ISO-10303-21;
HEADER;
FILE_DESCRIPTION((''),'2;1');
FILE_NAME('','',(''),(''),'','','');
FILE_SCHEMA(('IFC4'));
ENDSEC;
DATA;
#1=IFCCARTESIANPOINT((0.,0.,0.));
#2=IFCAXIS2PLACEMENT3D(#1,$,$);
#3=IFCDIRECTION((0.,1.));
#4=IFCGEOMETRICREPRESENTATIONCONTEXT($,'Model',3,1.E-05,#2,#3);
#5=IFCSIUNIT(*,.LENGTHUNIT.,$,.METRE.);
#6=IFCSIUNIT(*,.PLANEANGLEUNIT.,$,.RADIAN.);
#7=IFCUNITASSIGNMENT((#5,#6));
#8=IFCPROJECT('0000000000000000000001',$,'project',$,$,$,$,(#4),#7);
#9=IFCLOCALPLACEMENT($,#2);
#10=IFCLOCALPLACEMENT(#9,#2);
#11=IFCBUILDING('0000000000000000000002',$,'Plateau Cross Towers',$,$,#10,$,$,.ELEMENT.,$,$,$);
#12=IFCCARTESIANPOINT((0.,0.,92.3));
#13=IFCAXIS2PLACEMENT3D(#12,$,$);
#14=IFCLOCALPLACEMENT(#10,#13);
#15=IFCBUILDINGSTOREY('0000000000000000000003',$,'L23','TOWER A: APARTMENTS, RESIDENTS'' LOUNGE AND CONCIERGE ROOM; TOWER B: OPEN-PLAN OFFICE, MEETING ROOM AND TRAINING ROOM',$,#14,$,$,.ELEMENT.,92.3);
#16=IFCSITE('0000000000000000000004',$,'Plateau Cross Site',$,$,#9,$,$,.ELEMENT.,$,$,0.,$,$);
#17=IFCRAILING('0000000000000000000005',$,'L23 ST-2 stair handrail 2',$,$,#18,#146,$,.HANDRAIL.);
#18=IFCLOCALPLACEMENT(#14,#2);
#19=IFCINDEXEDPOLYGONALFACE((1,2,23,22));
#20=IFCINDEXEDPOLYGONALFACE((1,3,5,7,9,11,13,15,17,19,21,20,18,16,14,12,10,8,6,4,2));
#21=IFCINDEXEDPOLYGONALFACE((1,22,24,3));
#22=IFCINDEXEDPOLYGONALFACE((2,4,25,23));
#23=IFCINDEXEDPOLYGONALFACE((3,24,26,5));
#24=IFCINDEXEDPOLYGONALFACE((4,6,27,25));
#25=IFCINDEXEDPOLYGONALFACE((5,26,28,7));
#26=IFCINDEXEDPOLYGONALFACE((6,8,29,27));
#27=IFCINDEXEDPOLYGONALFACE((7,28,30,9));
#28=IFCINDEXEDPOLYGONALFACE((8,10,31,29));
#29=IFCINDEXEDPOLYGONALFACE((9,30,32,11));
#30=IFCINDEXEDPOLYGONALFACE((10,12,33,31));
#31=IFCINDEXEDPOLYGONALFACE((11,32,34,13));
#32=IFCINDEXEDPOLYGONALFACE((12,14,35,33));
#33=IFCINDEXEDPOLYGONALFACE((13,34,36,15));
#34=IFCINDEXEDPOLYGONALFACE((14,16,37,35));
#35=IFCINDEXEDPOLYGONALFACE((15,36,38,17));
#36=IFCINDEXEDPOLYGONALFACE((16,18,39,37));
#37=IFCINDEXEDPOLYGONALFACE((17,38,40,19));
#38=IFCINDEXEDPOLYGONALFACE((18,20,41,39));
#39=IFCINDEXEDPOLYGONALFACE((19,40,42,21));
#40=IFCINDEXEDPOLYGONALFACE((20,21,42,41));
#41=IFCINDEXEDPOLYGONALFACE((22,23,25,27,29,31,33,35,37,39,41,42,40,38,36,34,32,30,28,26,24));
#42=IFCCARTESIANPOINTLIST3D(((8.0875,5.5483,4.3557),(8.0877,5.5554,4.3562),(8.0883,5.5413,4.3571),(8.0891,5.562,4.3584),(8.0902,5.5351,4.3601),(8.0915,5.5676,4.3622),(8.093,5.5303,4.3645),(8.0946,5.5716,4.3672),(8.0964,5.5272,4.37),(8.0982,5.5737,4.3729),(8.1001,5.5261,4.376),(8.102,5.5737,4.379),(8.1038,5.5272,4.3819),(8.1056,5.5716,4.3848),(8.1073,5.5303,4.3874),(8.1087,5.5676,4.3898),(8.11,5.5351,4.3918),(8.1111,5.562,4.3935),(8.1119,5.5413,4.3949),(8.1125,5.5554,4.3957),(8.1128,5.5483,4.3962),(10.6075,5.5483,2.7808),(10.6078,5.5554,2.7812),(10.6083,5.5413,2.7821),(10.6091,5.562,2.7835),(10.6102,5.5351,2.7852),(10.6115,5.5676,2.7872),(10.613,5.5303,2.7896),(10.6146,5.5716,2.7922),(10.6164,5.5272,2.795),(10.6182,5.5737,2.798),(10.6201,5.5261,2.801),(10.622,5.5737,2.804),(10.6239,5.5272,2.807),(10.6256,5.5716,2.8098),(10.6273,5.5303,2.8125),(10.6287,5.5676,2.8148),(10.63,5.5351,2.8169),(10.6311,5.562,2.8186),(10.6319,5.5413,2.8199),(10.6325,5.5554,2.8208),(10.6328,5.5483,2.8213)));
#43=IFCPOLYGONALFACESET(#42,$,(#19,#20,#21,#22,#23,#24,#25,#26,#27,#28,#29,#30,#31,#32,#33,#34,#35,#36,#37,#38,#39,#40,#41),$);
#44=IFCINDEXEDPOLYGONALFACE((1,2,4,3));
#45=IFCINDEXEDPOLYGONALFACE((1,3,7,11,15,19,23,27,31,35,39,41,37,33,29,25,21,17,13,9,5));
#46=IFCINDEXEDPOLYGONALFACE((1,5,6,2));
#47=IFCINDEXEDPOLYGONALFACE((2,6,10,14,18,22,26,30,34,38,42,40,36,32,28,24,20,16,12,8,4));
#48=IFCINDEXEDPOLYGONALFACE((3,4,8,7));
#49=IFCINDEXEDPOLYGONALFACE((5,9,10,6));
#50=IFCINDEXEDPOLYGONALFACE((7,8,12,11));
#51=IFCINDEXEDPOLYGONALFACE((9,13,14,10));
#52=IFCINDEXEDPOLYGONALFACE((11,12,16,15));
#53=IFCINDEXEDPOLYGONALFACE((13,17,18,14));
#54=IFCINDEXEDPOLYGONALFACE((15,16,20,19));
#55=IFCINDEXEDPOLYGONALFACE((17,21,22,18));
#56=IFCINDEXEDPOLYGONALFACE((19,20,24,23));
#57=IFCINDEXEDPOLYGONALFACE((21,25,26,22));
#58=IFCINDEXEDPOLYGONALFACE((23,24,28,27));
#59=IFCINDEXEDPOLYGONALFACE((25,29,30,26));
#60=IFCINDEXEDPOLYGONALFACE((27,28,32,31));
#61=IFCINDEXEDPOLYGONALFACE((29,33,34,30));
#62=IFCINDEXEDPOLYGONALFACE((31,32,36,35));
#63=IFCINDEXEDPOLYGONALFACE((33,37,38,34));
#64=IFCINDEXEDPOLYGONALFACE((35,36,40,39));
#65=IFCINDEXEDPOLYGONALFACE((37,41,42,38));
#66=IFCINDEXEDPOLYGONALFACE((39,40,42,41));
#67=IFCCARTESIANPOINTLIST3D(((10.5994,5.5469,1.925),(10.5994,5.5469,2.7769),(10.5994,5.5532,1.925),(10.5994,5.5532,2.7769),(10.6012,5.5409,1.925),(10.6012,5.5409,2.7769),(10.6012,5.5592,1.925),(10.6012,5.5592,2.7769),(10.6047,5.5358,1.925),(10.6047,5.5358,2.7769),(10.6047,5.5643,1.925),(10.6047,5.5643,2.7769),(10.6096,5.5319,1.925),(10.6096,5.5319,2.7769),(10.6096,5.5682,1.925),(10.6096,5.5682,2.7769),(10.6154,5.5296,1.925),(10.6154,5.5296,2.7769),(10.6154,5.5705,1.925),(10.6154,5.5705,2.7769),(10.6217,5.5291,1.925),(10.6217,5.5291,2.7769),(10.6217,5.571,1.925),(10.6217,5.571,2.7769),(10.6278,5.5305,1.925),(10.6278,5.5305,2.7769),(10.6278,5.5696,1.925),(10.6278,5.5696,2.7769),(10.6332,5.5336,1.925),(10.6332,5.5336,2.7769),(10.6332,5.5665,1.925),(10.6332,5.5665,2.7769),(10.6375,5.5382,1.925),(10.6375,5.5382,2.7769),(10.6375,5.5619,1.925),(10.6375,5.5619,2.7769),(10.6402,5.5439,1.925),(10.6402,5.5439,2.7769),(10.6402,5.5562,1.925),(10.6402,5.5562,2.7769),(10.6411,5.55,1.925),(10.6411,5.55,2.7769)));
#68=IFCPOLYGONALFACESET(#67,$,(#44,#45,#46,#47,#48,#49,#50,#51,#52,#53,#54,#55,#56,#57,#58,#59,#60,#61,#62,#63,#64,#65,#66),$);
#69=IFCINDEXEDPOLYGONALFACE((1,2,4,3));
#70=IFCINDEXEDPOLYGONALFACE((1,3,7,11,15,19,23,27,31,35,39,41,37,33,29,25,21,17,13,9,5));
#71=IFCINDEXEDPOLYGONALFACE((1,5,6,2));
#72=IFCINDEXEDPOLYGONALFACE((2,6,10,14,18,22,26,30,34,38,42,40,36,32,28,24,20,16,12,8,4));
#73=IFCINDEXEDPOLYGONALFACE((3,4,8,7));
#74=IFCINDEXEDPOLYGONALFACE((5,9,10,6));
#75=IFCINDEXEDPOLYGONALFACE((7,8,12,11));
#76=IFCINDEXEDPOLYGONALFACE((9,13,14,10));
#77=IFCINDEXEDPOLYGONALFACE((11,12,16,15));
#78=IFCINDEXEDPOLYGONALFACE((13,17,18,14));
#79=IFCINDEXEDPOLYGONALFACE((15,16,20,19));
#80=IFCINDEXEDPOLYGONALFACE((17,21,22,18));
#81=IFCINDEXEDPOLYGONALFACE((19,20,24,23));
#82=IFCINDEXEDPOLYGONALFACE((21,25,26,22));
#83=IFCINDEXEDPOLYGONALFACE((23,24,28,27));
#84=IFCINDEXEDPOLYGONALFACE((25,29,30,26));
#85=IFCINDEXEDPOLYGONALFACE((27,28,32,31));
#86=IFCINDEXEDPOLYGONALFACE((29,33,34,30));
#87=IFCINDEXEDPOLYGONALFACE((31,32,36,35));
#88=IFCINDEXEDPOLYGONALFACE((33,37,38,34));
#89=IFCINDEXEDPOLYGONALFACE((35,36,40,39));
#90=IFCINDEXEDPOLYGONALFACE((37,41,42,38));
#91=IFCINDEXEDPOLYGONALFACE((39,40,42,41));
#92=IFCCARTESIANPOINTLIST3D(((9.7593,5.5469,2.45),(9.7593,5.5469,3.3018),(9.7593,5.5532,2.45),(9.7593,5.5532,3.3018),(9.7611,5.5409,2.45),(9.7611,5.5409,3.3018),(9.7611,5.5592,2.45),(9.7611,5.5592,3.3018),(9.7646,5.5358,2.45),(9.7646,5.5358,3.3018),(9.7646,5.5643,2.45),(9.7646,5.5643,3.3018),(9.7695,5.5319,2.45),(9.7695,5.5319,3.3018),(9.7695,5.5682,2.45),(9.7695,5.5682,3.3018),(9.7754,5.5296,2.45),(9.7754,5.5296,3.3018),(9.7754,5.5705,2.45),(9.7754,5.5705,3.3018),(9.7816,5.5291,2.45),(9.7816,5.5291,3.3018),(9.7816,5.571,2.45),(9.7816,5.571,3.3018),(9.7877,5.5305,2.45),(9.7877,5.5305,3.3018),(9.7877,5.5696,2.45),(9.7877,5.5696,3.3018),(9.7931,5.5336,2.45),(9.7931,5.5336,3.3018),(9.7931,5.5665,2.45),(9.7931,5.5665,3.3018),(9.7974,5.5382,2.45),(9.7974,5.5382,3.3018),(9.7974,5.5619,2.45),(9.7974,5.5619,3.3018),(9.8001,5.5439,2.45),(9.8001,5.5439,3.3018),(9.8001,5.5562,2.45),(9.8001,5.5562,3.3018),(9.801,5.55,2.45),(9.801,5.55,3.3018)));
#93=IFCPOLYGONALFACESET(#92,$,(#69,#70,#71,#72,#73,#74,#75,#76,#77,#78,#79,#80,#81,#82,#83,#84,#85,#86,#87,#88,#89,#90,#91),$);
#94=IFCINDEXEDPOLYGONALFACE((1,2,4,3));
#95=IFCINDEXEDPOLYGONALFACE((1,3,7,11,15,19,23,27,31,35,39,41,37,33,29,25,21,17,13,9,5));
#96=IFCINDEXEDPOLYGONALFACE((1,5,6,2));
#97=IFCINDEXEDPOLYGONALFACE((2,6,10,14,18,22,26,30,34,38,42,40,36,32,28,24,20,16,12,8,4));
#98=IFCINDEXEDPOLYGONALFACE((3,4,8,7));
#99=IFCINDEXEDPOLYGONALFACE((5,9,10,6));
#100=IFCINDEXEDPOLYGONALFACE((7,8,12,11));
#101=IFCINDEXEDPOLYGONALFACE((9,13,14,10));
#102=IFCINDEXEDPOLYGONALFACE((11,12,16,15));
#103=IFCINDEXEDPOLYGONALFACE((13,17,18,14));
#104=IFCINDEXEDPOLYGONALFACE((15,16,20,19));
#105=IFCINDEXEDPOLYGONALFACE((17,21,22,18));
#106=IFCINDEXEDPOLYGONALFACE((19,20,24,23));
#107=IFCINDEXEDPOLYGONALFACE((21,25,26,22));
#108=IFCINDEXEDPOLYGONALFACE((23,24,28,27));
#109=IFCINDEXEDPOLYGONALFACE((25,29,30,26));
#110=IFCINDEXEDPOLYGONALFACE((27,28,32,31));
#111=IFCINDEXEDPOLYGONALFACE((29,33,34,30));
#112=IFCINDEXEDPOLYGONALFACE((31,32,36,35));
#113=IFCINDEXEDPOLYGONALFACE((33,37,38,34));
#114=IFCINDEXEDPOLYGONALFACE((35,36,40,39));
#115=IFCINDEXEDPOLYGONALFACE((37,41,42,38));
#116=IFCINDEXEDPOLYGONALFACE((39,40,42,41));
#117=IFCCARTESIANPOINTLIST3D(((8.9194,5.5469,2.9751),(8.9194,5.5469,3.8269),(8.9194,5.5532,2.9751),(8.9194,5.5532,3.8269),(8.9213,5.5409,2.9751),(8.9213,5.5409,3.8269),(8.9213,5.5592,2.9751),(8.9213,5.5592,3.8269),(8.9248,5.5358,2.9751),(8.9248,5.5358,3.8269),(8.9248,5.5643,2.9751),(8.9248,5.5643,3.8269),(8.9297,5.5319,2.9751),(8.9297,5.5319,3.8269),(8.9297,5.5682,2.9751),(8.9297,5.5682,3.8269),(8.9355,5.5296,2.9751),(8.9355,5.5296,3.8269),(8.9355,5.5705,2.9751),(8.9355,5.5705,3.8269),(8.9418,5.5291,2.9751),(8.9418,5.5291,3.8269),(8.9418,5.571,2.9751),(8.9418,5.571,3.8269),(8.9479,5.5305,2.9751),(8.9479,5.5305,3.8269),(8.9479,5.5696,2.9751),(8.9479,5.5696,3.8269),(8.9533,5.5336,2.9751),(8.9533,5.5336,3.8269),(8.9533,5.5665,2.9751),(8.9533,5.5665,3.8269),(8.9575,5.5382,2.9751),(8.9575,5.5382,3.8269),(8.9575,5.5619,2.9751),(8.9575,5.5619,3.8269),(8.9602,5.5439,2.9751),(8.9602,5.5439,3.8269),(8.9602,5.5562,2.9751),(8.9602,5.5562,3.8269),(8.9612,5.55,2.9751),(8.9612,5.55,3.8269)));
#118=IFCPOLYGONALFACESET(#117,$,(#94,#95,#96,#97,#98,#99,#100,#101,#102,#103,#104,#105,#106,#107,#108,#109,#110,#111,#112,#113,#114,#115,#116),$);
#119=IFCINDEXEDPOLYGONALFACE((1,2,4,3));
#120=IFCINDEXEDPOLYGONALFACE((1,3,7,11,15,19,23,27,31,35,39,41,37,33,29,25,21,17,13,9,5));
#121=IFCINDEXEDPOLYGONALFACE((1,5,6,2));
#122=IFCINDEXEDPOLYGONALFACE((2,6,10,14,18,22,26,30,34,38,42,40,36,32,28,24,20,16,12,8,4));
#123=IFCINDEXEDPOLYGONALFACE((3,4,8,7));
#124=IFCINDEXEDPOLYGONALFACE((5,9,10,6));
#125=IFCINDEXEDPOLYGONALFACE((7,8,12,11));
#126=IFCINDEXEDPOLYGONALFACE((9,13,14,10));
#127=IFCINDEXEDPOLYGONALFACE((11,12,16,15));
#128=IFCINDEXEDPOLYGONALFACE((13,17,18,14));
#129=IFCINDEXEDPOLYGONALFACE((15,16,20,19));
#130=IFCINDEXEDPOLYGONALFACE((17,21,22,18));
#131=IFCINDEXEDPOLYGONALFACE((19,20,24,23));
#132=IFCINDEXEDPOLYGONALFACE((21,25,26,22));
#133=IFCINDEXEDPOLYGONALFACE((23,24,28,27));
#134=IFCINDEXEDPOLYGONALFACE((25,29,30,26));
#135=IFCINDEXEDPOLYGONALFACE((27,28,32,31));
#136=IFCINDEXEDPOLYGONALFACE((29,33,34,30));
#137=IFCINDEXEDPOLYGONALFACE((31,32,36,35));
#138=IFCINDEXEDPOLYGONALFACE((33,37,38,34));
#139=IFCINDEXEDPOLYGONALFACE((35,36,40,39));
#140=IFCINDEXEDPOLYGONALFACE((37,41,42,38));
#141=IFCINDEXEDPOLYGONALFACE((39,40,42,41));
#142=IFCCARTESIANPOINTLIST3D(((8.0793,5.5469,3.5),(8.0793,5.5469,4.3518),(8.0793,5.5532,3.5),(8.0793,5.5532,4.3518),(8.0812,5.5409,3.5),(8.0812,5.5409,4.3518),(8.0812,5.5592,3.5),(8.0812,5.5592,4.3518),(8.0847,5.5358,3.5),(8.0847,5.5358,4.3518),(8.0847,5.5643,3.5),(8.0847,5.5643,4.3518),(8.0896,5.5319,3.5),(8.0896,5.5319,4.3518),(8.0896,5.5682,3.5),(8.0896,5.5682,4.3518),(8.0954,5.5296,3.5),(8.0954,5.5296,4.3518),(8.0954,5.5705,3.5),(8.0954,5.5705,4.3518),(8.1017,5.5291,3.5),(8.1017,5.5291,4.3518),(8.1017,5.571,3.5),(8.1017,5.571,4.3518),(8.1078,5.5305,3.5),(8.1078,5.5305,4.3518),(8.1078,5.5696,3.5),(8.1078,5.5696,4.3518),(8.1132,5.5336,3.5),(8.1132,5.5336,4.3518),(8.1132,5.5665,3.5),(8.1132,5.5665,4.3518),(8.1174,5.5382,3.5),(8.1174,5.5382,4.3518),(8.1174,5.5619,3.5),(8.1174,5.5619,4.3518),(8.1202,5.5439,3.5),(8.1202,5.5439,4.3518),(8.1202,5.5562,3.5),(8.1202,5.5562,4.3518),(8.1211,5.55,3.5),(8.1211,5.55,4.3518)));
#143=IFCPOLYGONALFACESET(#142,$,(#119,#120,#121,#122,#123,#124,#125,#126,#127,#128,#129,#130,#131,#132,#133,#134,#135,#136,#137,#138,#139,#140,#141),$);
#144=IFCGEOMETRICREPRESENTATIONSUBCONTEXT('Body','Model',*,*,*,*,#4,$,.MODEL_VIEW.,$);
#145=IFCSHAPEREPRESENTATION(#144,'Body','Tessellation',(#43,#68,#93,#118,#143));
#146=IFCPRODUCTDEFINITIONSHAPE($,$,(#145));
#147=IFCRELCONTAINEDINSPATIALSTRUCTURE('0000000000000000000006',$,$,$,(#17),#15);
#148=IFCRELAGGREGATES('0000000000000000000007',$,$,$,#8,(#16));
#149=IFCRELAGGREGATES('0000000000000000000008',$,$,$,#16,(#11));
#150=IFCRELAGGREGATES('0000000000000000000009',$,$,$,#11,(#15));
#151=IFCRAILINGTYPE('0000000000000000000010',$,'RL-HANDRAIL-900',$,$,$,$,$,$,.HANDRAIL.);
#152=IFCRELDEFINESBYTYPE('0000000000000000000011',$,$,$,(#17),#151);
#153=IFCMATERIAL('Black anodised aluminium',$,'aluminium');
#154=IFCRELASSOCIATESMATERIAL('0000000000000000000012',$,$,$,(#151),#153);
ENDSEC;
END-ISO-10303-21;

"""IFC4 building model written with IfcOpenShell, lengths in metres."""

from ifc_helpers import new_model, si_unit, direction, frame, origin, origin_2d, place, context, subcontext, project, spatial, circle, extrude, material, type_object, element, save


model = new_model("IFC4")

# Units and contexts
model_context = context("Model", 3, precision=1e-05, world=origin(), true_north=direction((0.0, 1.0)))
body_context = subcontext(model_context, "Body", "Model", "MODEL_VIEW")
ifc_project = project(units=[si_unit("LENGTHUNIT", "METRE"), si_unit("PLANEANGLEUNIT", "RADIAN")], contexts=[model_context])

# Site, building, storey
site_placement = place(None, origin())
site = spatial("IfcSite", under=ifc_project, at=site_placement, Name="Plateau Cross Site", CompositionType="ELEMENT", RefElevation=0.0)
building_placement = place(site_placement, origin())
building = spatial("IfcBuilding", under=site, at=building_placement, Name="Plateau Cross Towers", CompositionType="ELEMENT")
storey_placement = place(building_placement, frame((0.0, 0.0, 92.3)))
storey = spatial("IfcBuildingStorey", under=building, at=storey_placement, Name="L23", Description="TOWER A: APARTMENTS, RESIDENTS' LOUNGE AND CONCIERGE ROOM; TOWER B: OPEN-PLAN OFFICE, MEETING ROOM AND TRAINING ROOM", CompositionType="ELEMENT", Elevation=92.3)

# Railing
ifc_material_1 = material(Name="Black anodised aluminium", Category="aluminium")
railing_type_1 = type_object("IfcRailingType", Name="RL-HANDRAIL-900", PredefinedType="HANDRAIL", material=ifc_material_1)
railing_1_placement = place(storey_placement, frame((10.6201, 5.55, 1.925)))
element("IfcRailing", 1, at=railing_1_placement, inside=storey, type_object=railing_type_1, Name="L23 ST-2 stair handrail 2", PredefinedType="HANDRAIL", context=body_context, shape_type="SweptSolid", body=[
    extrude(circle(Radius=0.0239, at=origin_2d()), frame((0.0, 0.0, 0.876), z_axis=(-0.848008, 0.0, 0.529984), x_axis=(0.0, -1.0, 0.0)), (0.0, 0.0, 1.0), 2.9717),
    extrude(circle(Radius=0.021, at=origin_2d()), origin(), (0.0, 0.0, 1.0), 0.8518),
    extrude(circle(Radius=0.021, at=origin_2d()), frame((-0.8401, 0.0, 0.5249)), (0.0, 0.0, 1.0), 0.8518),
    extrude(circle(Radius=0.021, at=origin_2d()), frame((-1.6799, 0.0, 1.05)), (0.0, 0.0, 1.0), 0.8518),
    extrude(circle(Radius=0.021, at=origin_2d()), frame((-2.52, 0.0, 1.575)), (0.0, 0.0, 1.0), 0.8518),
])

save(model, "model.ifc")
